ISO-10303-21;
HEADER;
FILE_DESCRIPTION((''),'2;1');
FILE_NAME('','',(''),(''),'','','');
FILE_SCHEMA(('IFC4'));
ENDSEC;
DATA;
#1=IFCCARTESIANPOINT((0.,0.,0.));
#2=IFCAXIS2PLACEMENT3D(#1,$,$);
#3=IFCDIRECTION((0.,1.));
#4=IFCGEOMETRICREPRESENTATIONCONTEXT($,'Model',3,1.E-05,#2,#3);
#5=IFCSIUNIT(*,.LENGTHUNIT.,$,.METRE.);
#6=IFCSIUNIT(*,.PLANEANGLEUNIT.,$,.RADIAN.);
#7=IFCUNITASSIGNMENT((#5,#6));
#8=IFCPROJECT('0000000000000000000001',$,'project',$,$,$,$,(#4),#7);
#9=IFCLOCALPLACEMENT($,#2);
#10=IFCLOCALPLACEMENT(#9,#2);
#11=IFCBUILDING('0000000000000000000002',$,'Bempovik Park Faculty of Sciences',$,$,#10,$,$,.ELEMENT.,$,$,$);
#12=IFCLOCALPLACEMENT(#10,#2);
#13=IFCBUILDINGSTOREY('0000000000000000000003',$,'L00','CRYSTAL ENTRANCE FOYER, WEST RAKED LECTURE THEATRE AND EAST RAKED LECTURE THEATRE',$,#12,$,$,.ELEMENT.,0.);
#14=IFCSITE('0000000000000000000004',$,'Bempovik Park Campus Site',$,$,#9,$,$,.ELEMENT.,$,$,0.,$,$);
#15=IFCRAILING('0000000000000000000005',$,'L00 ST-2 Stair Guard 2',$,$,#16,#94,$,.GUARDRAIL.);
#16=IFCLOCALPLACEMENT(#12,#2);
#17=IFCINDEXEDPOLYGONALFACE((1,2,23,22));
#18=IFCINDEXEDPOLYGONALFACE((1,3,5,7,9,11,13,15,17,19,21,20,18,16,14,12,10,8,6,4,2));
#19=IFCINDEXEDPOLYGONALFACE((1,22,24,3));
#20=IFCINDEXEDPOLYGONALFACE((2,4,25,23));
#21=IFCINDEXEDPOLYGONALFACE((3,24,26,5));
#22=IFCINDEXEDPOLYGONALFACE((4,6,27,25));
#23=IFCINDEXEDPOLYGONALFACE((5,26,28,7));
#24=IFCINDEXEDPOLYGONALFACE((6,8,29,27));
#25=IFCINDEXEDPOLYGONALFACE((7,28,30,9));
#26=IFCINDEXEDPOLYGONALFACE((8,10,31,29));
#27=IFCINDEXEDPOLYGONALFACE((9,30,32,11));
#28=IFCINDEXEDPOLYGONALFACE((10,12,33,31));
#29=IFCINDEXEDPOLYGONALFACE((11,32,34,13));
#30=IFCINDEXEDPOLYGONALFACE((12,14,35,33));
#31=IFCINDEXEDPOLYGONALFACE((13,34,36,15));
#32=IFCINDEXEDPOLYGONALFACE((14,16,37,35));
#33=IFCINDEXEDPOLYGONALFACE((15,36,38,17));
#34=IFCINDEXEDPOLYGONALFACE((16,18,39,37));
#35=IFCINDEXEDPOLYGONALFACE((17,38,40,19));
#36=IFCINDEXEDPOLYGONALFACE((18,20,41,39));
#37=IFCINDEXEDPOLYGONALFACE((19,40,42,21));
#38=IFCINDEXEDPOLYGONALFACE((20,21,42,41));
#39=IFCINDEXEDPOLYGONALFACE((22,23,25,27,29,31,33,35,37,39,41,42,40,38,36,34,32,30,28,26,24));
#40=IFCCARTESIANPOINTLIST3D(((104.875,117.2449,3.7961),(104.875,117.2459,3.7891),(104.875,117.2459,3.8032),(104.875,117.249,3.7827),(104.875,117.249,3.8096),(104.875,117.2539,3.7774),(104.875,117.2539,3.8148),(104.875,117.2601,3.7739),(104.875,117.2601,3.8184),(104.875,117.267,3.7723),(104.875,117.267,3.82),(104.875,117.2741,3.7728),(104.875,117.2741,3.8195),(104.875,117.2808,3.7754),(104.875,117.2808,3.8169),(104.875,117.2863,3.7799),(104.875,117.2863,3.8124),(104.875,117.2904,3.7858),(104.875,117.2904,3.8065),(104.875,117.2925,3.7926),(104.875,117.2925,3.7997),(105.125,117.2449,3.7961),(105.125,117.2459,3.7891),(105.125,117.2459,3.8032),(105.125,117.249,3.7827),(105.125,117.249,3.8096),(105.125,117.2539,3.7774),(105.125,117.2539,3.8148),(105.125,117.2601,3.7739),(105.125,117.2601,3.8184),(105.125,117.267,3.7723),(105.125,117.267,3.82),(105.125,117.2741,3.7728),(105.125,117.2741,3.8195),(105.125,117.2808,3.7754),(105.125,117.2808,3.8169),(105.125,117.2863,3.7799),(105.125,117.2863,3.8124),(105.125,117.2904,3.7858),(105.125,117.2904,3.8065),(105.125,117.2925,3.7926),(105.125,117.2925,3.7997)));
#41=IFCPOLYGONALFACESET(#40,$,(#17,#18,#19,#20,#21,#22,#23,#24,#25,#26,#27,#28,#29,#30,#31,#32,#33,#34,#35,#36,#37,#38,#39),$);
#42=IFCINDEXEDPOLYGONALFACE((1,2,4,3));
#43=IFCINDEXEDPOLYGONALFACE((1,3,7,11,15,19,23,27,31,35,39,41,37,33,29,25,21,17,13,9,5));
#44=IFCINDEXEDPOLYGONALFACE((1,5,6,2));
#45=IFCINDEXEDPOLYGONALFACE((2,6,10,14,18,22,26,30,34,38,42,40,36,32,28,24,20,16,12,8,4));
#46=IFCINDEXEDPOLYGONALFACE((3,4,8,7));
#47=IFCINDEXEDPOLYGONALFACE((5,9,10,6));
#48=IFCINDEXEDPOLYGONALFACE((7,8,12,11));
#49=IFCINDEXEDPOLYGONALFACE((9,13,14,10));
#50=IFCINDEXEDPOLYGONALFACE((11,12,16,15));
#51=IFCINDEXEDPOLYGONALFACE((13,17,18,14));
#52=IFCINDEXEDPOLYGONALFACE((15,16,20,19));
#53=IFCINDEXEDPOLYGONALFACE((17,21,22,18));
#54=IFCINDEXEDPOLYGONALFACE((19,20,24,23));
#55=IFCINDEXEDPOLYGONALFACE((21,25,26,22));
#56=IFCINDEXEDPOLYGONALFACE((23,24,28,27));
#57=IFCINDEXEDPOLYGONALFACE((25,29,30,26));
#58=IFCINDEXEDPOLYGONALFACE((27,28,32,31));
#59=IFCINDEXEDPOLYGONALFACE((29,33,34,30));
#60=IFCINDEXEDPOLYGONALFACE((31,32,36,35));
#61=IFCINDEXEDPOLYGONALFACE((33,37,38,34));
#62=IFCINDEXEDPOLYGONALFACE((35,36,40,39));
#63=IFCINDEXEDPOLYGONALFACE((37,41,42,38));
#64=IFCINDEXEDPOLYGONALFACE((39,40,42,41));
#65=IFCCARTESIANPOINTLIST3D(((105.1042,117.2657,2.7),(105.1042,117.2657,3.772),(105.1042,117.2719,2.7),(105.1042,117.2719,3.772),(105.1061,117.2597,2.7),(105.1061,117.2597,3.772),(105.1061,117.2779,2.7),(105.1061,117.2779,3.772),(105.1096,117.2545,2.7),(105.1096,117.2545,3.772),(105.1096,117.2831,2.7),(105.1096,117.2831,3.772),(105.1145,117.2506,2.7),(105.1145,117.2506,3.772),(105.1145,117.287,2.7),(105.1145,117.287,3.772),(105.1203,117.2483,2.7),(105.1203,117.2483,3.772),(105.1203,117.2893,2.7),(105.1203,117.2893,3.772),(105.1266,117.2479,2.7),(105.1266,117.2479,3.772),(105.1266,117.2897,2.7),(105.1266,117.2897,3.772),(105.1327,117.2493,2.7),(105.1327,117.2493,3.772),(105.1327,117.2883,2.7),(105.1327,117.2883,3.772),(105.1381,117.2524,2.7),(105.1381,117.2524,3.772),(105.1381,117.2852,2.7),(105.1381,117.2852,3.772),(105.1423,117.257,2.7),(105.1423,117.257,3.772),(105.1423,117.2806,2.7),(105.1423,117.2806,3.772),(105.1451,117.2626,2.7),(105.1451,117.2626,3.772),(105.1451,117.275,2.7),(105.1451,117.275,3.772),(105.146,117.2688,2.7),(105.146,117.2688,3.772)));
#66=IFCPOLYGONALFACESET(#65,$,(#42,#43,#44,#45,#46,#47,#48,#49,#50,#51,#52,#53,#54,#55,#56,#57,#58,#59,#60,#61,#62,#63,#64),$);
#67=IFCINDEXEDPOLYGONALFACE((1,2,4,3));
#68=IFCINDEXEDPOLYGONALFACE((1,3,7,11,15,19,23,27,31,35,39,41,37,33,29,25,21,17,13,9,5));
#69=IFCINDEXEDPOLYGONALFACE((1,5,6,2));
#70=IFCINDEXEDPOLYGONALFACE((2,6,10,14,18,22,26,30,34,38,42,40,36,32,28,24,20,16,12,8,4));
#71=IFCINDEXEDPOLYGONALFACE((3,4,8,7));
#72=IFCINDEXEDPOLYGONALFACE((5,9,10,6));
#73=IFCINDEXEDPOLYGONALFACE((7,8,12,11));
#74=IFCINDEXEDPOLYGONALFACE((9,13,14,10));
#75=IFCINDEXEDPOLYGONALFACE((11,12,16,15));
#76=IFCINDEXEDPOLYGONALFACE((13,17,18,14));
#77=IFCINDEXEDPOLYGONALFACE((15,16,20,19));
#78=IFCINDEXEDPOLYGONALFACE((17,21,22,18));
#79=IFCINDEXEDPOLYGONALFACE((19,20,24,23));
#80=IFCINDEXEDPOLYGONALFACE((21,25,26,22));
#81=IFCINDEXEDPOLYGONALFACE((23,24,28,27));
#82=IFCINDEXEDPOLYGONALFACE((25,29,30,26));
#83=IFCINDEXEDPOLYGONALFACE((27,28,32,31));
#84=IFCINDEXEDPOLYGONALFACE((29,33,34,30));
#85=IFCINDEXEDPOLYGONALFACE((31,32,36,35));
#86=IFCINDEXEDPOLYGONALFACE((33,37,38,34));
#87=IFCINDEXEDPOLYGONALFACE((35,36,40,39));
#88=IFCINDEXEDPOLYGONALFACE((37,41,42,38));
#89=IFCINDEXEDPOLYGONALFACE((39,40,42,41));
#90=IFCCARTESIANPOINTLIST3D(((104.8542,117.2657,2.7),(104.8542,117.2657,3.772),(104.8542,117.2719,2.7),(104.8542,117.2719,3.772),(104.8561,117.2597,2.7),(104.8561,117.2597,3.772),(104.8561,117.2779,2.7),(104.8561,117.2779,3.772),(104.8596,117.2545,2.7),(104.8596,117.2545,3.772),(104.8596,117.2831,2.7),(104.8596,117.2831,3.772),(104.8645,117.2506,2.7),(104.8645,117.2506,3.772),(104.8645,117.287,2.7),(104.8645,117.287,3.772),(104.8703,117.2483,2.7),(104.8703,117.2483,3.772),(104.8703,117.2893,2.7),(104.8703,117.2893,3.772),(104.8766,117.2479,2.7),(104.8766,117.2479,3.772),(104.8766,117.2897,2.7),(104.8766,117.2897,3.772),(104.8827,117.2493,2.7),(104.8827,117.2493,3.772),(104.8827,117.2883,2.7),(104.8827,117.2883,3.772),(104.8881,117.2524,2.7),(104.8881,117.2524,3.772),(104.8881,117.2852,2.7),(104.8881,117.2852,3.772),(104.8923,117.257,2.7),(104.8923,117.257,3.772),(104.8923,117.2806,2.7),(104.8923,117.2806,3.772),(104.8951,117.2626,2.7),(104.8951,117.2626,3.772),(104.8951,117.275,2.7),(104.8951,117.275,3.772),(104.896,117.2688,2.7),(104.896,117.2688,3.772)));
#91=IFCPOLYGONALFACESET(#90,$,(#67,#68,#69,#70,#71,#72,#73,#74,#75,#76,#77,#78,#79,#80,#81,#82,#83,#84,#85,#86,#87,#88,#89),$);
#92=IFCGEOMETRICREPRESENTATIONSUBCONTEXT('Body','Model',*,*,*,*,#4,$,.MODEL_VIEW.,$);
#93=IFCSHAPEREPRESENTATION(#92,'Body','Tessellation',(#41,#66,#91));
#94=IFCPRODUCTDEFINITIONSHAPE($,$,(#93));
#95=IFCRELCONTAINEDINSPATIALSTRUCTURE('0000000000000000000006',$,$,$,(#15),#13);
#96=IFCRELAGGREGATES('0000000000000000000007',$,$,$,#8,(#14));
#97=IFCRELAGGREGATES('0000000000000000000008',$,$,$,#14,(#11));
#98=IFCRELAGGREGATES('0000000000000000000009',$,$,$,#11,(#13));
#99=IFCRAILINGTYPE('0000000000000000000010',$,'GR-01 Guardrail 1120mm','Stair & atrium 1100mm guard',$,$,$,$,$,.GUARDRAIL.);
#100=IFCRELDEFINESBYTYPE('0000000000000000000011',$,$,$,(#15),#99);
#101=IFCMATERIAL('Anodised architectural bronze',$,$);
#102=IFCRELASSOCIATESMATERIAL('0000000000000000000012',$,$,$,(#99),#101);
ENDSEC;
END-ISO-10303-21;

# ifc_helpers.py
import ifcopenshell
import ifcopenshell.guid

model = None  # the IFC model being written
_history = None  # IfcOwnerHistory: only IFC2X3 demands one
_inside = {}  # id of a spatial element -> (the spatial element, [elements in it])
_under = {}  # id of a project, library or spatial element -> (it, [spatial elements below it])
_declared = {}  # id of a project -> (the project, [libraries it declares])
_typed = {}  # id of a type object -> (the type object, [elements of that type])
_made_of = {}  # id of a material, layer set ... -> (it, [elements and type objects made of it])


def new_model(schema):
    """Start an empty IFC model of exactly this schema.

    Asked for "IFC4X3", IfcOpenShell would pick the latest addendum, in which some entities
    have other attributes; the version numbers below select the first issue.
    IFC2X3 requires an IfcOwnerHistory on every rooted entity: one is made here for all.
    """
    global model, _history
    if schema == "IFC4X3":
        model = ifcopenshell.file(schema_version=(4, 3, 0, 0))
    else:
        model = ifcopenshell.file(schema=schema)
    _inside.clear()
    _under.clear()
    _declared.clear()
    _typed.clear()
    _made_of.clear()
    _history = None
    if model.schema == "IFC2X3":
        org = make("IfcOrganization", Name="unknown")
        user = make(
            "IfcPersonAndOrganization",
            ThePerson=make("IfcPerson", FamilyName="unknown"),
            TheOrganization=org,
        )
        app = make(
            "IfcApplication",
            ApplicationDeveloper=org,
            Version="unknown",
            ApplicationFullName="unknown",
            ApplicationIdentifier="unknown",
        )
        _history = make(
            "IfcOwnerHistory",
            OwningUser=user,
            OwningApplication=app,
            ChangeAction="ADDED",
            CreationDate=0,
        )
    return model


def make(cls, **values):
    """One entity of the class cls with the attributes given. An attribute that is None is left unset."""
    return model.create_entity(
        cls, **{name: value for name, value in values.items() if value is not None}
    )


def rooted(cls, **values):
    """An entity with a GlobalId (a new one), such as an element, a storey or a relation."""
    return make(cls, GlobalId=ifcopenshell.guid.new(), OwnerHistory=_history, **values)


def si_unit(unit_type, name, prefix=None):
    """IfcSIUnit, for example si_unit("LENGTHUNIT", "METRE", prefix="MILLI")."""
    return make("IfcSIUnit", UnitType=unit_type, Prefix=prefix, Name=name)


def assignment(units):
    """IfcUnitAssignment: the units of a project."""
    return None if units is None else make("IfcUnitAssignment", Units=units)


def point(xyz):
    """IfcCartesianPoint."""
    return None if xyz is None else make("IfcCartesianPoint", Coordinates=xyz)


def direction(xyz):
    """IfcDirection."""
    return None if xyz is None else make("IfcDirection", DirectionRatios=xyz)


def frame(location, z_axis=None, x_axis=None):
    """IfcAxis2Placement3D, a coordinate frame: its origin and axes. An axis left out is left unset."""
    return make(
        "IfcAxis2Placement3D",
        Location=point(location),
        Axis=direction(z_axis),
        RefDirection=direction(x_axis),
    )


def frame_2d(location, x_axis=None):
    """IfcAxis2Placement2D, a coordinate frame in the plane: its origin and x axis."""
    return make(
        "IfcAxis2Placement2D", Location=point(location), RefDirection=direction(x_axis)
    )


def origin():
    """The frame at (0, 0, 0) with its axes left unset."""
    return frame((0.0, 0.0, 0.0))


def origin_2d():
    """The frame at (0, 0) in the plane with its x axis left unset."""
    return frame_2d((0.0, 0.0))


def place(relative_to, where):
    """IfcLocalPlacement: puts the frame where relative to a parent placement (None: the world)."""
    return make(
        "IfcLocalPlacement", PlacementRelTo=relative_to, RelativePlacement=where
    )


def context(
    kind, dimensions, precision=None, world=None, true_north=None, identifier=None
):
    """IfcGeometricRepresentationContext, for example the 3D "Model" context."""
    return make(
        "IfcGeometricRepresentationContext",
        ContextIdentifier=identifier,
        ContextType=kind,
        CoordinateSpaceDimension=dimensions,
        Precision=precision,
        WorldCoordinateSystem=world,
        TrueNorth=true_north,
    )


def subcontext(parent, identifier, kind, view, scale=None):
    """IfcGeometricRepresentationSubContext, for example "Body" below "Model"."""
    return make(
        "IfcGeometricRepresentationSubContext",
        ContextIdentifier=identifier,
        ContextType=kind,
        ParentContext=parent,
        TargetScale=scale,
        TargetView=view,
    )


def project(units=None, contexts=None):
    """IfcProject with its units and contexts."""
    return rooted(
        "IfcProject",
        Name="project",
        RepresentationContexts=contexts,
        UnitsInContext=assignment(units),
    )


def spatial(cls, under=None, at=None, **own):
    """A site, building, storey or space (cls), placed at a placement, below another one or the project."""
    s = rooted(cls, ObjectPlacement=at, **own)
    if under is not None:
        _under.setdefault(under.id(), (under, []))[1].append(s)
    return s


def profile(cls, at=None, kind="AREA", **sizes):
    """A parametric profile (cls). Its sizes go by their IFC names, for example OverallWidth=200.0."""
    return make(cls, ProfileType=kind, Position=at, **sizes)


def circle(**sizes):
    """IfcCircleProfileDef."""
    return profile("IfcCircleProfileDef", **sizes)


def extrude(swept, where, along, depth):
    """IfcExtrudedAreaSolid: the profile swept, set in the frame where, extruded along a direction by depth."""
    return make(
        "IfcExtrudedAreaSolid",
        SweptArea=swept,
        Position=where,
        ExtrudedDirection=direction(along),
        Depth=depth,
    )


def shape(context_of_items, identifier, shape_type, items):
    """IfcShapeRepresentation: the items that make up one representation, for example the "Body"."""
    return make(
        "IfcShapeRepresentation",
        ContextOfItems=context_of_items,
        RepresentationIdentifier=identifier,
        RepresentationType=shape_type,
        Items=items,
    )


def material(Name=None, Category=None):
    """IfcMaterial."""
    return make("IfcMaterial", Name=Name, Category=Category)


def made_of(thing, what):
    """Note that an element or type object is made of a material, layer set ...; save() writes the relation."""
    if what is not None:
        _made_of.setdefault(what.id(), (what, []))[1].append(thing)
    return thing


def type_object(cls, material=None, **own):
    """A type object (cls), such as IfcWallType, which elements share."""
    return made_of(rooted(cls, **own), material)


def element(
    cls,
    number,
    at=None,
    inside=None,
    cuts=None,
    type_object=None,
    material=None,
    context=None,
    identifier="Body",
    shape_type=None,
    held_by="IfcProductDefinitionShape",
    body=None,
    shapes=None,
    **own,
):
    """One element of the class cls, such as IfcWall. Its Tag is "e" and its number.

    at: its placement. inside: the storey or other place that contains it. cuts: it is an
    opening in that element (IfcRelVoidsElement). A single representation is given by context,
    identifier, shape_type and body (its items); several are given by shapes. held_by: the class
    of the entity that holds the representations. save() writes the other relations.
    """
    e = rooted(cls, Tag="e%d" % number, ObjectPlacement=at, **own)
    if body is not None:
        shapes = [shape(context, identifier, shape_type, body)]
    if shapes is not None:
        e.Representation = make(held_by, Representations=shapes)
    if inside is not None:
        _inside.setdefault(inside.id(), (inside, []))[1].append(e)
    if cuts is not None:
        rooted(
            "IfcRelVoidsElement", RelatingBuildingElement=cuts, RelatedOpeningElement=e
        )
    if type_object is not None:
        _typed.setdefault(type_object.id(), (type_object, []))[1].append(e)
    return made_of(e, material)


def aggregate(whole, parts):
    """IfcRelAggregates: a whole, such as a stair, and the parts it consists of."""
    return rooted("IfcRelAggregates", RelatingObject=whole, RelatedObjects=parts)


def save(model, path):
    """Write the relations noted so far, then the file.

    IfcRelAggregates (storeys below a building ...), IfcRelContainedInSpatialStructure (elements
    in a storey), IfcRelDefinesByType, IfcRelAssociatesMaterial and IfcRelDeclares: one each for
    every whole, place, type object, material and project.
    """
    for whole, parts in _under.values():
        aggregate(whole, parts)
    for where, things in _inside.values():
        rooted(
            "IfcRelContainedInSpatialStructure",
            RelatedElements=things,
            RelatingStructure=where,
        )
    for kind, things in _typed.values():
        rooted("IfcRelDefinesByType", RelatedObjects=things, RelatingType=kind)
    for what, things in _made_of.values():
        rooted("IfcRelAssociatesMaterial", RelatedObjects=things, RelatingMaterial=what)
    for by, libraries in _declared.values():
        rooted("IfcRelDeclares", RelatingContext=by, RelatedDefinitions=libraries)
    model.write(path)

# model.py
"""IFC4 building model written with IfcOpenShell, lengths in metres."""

from ifc_helpers import new_model, si_unit, direction, frame, origin, origin_2d, place, context, subcontext, project, spatial, circle, extrude, material, type_object, element, save


model = new_model("IFC4")

# Units and contexts
model_context = context("Model", 3, precision=1e-05, world=origin(), true_north=direction((0.0, 1.0)))
body_context = subcontext(model_context, "Body", "Model", "MODEL_VIEW")
ifc_project = project(units=[si_unit("LENGTHUNIT", "METRE"), si_unit("PLANEANGLEUNIT", "RADIAN")], contexts=[model_context])

# Site, building, storey
site_placement = place(None, origin())
site = spatial("IfcSite", under=ifc_project, at=site_placement, Name="Bempovik Park Campus Site", CompositionType="ELEMENT", RefElevation=0.0)
building_placement = place(site_placement, origin())
building = spatial("IfcBuilding", under=site, at=building_placement, Name="Bempovik Park Faculty of Sciences", CompositionType="ELEMENT")
storey_placement = place(building_placement, origin())
storey = spatial("IfcBuildingStorey", under=building, at=storey_placement, Name="L00", Description="CRYSTAL ENTRANCE FOYER, WEST RAKED LECTURE THEATRE AND EAST RAKED LECTURE THEATRE", CompositionType="ELEMENT", Elevation=0.0)

# Railing
ifc_material_1 = material(Name="Anodised architectural bronze")
railing_type_1 = type_object("IfcRailingType", Name="GR-01 Guardrail 1120mm", Description="Stair & atrium 1100mm guard", PredefinedType="GUARDRAIL", material=ifc_material_1)
railing_1_placement = place(storey_placement, frame((105.125, 117.2688, 2.7)))
element("IfcRailing", 1, at=railing_1_placement, inside=storey, type_object=railing_type_1, Name="L00 ST-2 Stair Guard 2", PredefinedType="GUARDRAIL", context=body_context, shape_type="SweptSolid", body=[
    extrude(circle(Radius=0.0239, at=origin_2d()), frame((0.0, 0.0, 1.0962), z_axis=(-1.0, 0.0, 0.0), x_axis=(0.0, -1.0, 0.0)), (0.0, 0.0, 1.0), 0.25),
    extrude(circle(Radius=0.021, at=origin_2d()), origin(), (0.0, 0.0, 1.0), 1.072),
    extrude(circle(Radius=0.021, at=origin_2d()), frame((-0.25, 0.0, 0.0)), (0.0, 0.0, 1.0), 1.072),
])

save(model, "model.ifc")
